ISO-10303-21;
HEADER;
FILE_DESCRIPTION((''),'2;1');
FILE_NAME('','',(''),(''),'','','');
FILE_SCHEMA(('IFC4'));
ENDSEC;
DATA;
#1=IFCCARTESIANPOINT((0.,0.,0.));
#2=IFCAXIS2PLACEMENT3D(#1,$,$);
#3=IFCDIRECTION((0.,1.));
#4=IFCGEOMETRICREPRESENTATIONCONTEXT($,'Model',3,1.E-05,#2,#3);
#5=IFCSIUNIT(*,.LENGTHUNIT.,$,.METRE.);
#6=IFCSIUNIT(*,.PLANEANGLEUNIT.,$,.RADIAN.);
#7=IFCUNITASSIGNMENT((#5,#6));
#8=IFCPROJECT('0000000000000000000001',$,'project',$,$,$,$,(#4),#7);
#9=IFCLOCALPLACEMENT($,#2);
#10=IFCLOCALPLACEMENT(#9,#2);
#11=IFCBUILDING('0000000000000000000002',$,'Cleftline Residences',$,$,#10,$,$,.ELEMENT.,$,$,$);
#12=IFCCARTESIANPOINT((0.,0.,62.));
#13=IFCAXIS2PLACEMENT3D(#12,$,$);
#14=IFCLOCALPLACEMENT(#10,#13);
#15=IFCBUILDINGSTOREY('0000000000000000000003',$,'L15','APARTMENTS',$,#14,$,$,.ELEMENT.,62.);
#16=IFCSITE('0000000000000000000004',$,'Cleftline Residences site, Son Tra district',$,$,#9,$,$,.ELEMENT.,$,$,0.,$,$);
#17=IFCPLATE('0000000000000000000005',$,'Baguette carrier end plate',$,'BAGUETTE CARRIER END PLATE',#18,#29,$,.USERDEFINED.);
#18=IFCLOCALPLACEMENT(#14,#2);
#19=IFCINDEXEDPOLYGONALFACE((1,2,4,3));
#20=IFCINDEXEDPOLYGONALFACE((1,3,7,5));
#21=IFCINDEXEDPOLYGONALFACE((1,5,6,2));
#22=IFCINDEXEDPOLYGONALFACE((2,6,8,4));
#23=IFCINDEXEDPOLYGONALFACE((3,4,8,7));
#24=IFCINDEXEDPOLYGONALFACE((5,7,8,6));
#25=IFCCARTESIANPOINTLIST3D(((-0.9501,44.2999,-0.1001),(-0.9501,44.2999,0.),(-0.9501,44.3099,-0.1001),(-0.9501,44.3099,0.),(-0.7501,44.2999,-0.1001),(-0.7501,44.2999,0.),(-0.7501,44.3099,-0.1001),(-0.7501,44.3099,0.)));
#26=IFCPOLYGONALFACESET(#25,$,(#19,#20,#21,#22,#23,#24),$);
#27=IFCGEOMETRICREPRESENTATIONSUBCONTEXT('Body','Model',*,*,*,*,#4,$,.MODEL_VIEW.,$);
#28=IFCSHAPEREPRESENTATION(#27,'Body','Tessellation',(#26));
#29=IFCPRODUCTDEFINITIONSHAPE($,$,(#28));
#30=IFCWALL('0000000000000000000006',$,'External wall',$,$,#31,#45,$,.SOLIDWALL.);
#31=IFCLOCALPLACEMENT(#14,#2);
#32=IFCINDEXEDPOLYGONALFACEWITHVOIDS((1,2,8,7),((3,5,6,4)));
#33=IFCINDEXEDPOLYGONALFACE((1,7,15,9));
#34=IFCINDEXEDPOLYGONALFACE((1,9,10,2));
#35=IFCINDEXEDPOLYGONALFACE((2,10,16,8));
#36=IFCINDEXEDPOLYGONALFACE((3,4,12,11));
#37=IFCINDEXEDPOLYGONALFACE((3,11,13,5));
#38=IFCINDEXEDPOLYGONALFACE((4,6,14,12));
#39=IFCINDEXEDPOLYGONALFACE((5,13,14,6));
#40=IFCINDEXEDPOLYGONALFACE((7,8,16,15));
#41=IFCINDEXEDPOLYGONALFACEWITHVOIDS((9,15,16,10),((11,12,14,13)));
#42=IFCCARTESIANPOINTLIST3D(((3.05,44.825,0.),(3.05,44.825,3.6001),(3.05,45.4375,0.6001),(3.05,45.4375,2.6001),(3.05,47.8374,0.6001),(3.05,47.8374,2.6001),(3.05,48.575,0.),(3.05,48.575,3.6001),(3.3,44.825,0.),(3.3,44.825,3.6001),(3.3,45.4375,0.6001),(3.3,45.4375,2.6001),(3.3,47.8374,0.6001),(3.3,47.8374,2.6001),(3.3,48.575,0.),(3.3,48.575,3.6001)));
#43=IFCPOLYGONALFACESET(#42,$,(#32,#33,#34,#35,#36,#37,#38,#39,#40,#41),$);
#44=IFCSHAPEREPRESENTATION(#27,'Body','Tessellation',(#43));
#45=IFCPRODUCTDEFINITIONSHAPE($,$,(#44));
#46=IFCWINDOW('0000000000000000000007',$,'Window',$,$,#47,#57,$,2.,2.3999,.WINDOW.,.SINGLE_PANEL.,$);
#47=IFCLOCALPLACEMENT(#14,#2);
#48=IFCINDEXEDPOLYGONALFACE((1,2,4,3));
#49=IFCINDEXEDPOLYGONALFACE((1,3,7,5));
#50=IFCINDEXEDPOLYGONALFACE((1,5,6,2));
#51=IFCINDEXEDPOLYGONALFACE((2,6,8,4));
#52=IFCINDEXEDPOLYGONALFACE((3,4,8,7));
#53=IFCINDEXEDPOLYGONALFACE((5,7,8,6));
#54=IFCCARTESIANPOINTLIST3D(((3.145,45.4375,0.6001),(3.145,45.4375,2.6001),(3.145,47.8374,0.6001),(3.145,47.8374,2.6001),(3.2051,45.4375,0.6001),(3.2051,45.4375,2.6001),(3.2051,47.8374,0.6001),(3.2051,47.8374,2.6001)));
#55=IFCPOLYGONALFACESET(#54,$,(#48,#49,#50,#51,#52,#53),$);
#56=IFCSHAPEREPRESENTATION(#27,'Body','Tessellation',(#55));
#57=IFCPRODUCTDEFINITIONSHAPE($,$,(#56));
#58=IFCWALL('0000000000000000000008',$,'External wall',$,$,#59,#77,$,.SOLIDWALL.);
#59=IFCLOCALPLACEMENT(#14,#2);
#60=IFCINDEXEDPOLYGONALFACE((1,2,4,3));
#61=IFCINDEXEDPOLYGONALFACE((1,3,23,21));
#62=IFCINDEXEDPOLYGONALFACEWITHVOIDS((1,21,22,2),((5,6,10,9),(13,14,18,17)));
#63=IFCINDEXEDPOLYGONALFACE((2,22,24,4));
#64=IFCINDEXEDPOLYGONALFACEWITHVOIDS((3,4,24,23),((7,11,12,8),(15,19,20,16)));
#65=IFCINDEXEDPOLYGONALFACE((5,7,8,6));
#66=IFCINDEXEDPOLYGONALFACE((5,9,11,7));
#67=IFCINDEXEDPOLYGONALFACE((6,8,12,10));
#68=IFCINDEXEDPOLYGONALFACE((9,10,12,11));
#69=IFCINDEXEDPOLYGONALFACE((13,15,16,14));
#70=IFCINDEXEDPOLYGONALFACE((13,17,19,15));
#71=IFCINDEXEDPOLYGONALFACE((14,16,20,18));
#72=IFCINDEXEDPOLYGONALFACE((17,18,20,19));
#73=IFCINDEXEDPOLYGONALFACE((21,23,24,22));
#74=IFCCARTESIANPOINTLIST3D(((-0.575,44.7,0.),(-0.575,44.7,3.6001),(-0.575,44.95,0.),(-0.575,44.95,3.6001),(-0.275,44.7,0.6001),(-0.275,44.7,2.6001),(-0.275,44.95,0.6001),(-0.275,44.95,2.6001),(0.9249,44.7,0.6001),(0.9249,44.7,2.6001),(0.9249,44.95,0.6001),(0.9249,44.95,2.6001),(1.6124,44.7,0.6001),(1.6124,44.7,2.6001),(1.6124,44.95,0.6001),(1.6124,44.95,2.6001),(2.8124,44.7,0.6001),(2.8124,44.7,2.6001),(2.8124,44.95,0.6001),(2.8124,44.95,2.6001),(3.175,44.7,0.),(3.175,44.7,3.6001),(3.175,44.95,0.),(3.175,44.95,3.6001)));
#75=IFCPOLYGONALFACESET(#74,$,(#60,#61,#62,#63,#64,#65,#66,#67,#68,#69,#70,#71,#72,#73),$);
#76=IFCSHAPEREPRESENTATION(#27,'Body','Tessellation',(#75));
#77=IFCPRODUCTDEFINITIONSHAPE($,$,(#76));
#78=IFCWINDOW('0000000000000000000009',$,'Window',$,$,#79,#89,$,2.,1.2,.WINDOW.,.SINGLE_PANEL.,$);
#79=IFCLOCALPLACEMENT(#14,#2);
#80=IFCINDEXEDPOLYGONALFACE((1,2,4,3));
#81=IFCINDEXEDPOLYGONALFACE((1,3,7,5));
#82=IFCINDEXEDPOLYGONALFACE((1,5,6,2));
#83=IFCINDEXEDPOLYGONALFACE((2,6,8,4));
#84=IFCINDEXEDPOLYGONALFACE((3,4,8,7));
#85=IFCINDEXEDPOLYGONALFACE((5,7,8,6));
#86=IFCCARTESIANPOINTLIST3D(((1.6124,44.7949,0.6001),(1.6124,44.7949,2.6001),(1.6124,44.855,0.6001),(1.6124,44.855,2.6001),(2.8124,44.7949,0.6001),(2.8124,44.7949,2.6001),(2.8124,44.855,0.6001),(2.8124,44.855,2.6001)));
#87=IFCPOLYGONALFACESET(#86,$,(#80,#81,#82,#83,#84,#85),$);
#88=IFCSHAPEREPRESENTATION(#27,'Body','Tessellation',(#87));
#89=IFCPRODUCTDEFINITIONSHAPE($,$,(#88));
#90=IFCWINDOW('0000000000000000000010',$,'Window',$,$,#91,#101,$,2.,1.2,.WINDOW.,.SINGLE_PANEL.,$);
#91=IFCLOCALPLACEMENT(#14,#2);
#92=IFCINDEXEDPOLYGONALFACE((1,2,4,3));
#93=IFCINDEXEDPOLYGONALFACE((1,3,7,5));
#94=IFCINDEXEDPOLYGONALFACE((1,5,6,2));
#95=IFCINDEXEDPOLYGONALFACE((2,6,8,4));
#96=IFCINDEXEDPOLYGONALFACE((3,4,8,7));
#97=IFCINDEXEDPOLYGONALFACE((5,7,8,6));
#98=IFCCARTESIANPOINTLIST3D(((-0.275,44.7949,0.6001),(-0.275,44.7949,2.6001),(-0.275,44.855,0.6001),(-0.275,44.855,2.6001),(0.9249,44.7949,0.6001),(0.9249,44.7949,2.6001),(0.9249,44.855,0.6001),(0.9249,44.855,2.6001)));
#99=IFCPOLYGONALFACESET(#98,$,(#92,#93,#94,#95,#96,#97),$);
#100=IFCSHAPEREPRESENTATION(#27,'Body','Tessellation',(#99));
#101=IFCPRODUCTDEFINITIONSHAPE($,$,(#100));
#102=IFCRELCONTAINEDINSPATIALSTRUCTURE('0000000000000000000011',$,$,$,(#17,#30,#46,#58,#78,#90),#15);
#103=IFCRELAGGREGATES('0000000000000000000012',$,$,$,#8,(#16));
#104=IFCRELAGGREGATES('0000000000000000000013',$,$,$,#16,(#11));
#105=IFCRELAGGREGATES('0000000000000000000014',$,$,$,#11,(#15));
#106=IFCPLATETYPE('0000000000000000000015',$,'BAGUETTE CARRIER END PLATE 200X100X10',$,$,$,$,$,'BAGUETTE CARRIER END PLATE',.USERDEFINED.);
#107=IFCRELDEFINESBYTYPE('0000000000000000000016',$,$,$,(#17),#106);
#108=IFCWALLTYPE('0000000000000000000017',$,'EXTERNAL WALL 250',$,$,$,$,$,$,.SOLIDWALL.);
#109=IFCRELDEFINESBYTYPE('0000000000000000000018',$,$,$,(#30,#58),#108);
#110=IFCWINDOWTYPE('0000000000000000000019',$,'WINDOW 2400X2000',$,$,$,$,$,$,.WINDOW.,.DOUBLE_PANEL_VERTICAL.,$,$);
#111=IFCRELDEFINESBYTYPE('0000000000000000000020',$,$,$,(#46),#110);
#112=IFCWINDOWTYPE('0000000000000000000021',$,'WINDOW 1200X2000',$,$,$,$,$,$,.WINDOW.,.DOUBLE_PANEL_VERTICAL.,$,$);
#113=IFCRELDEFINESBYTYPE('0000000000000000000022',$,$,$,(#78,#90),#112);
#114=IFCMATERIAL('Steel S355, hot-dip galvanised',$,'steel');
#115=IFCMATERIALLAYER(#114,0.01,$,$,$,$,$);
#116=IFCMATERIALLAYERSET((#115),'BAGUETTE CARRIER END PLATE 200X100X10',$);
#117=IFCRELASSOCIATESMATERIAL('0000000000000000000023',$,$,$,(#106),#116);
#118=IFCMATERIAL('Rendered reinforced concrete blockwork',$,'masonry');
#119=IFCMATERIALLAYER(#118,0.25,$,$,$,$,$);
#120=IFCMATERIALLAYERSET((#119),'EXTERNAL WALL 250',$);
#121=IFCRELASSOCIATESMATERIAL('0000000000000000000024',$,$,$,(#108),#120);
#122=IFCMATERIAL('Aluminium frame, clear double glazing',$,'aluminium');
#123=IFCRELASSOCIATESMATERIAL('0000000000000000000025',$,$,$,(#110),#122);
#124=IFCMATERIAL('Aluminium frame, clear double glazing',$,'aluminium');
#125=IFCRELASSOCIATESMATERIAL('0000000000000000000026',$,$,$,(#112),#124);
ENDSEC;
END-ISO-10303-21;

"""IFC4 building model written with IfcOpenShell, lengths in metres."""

from ifc_helpers import new_model, si_unit, direction, frame, frame_2d, origin, origin_2d, place, context, subcontext, project, spatial, rectangle, extrude, material, layer, layer_set, type_object, element, fill, save


model = new_model("IFC4")

# Units and contexts
model_context = context("Model", 3, precision=1e-05, world=origin(), true_north=direction((0.0, 1.0)))
body_context = subcontext(model_context, "Body", "Model", "MODEL_VIEW")
ifc_project = project(units=[si_unit("LENGTHUNIT", "METRE"), si_unit("PLANEANGLEUNIT", "RADIAN")], contexts=[model_context])

# Site, building, storey
site_placement = place(None, origin())
site = spatial("IfcSite", under=ifc_project, at=site_placement, Name="Cleftline Residences site, Son Tra district", CompositionType="ELEMENT", RefElevation=0.0)
building_placement = place(site_placement, origin())
building = spatial("IfcBuilding", under=site, at=building_placement, Name="Cleftline Residences", CompositionType="ELEMENT")
storey_placement = place(building_placement, frame((0.0, 0.0, 62.0)))
storey = spatial("IfcBuildingStorey", under=building, at=storey_placement, Name="L15", Description="APARTMENTS", CompositionType="ELEMENT", Elevation=62.0)

# Plate
ifc_material_1 = material(Name="Steel S355, hot-dip galvanised", Category="steel")
ifc_layer_1 = layer(ifc_material_1, 0.01)
ifc_layer_set_1 = layer_set([ifc_layer_1], Name="BAGUETTE CARRIER END PLATE 200X100X10")
plate_type = type_object("IfcPlateType", Name="BAGUETTE CARRIER END PLATE 200X100X10", ElementType="BAGUETTE CARRIER END PLATE", PredefinedType="USERDEFINED", material=ifc_layer_set_1)
plate_placement = place(storey_placement, frame((-0.8501, 44.3049, -0.1001), z_axis=(0.0, 0.0, 1.0), x_axis=(-1.0, 0.0, 0.0)))
element("IfcPlate", 1, at=plate_placement, inside=storey, type_object=plate_type, Name="Baguette carrier end plate", ObjectType="BAGUETTE CARRIER END PLATE", PredefinedType="USERDEFINED", context=body_context, shape_type="SweptSolid", body=[
    extrude(rectangle(XDim=0.2, YDim=0.01, at=origin_2d()), origin(), (0.0, 0.0, 1.0), 0.1001),
])

# Wall, opening, window
ifc_material_2 = material(Name="Rendered reinforced concrete blockwork", Category="masonry")
ifc_layer_2 = layer(ifc_material_2, 0.25)
ifc_layer_set_2 = layer_set([ifc_layer_2], Name="EXTERNAL WALL 250")
wall_type_1 = type_object("IfcWallType", Name="EXTERNAL WALL 250", PredefinedType="SOLIDWALL", material=ifc_layer_set_2)
wall_1_placement = place(storey_placement, frame((3.175, 48.575, 0.0), z_axis=(0.0, 0.0, 1.0), x_axis=(0.0, -1.0, 0.0)))
wall_1 = element("IfcWall", 2, at=wall_1_placement, inside=storey, type_object=wall_type_1, Name="External wall", PredefinedType="SOLIDWALL", context=body_context, shape_type="SweptSolid", body=[
    extrude(rectangle(XDim=3.75, YDim=0.25, at=frame_2d((1.875, 0.0))), origin(), (0.0, 0.0, 1.0), 3.6001),
])
opening_1_placement = place(wall_1_placement, frame((0.7375, 0.0, 0.6001)))
opening_1 = element("IfcOpeningElement", 3, at=opening_1_placement, cuts=wall_1, PredefinedType="OPENING", context=body_context, shape_type="SweptSolid", body=[
    extrude(rectangle(XDim=2.3999, YDim=2.0, at=frame_2d((1.2, 1.0))), frame((0.0, 0.135, 0.0), z_axis=(0.0, -1.0, 0.0), x_axis=(1.0, 0.0, 0.0)), (0.0, 0.0, 1.0), 0.27),
])
ifc_material_3 = material(Name="Aluminium frame, clear double glazing", Category="aluminium")
window_type_1 = type_object("IfcWindowType", Name="WINDOW 2400X2000", PartitioningType="DOUBLE_PANEL_VERTICAL", PredefinedType="WINDOW", material=ifc_material_3)
window_1_placement = place(opening_1_placement, origin())
window_1 = element("IfcWindow", 4, at=window_1_placement, inside=storey, type_object=window_type_1, Name="Window", OverallHeight=2.0, OverallWidth=2.3999, PartitioningType="SINGLE_PANEL", PredefinedType="WINDOW", context=body_context, shape_type="SweptSolid", body=[
    extrude(rectangle(XDim=2.3999, YDim=2.0, at=frame_2d((1.2, 1.0))), frame((0.0, 0.03, 0.0), z_axis=(0.0, -1.0, 0.0), x_axis=(1.0, 0.0, 0.0)), (0.0, 0.0, 1.0), 0.0601),
])
fill(opening_1, window_1)

# Wall, openings, windows
wall_2_placement = place(storey_placement, frame((3.175, 44.825, 0.0), z_axis=(0.0, 0.0, 1.0), x_axis=(-1.0, 0.0, 0.0)))
wall_2 = element("IfcWall", 5, at=wall_2_placement, inside=storey, type_object=wall_type_1, Name="External wall", PredefinedType="SOLIDWALL", context=body_context, shape_type="SweptSolid", body=[
    extrude(rectangle(XDim=3.75, YDim=0.25, at=frame_2d((1.875, 0.0))), origin(), (0.0, 0.0, 1.0), 3.6001),
])
opening_2_placement = place(wall_2_placement, frame((0.3625, 0.0, 0.6001)))
opening_2 = element("IfcOpeningElement", 6, at=opening_2_placement, cuts=wall_2, PredefinedType="OPENING", context=body_context, shape_type="SweptSolid", body=[
    extrude(rectangle(XDim=1.2, YDim=2.0, at=frame_2d((0.6001, 1.0))), frame((0.0, 0.135, 0.0), z_axis=(0.0, -1.0, 0.0), x_axis=(1.0, 0.0, 0.0)), (0.0, 0.0, 1.0), 0.27),
])
opening_3_placement = place(wall_2_placement, frame((2.25, 0.0, 0.6001)))
opening_3 = element("IfcOpeningElement", 7, at=opening_3_placement, cuts=wall_2, PredefinedType="OPENING", context=body_context, shape_type="SweptSolid", body=[
    extrude(rectangle(XDim=1.2, YDim=2.0, at=frame_2d((0.6001, 1.0))), frame((0.0, 0.135, 0.0), z_axis=(0.0, -1.0, 0.0), x_axis=(1.0, 0.0, 0.0)), (0.0, 0.0, 1.0), 0.27),
])
ifc_material_4 = material(Name="Aluminium frame, clear double glazing", Category="aluminium")
window_type_2 = type_object("IfcWindowType", Name="WINDOW 1200X2000", PartitioningType="DOUBLE_PANEL_VERTICAL", PredefinedType="WINDOW", material=ifc_material_4)
window_2_placement = place(opening_2_placement, origin())
window_2 = element("IfcWindow", 8, at=window_2_placement, inside=storey, type_object=window_type_2, Name="Window", OverallHeight=2.0, OverallWidth=1.2, PartitioningType="SINGLE_PANEL", PredefinedType="WINDOW", context=body_context, shape_type="SweptSolid", body=[
    extrude(rectangle(XDim=1.2, YDim=2.0, at=frame_2d((0.6001, 1.0))), frame((0.0, 0.03, 0.0), z_axis=(0.0, -1.0, 0.0), x_axis=(1.0, 0.0, 0.0)), (0.0, 0.0, 1.0), 0.0601),
])
fill(opening_2, window_2)
window_3_placement = place(opening_3_placement, origin())
window_3 = element("IfcWindow", 9, at=window_3_placement, inside=storey, type_object=window_type_2, Name="Window", OverallHeight=2.0, OverallWidth=1.2, PartitioningType="SINGLE_PANEL", PredefinedType="WINDOW", context=body_context, shape_type="SweptSolid", body=[
    extrude(rectangle(XDim=1.2, YDim=2.0, at=frame_2d((0.6001, 1.0))), frame((0.0, 0.03, 0.0), z_axis=(0.0, -1.0, 0.0), x_axis=(1.0, 0.0, 0.0)), (0.0, 0.0, 1.0), 0.0601),
])
fill(opening_3, window_3)

save(model, "model.ifc")
